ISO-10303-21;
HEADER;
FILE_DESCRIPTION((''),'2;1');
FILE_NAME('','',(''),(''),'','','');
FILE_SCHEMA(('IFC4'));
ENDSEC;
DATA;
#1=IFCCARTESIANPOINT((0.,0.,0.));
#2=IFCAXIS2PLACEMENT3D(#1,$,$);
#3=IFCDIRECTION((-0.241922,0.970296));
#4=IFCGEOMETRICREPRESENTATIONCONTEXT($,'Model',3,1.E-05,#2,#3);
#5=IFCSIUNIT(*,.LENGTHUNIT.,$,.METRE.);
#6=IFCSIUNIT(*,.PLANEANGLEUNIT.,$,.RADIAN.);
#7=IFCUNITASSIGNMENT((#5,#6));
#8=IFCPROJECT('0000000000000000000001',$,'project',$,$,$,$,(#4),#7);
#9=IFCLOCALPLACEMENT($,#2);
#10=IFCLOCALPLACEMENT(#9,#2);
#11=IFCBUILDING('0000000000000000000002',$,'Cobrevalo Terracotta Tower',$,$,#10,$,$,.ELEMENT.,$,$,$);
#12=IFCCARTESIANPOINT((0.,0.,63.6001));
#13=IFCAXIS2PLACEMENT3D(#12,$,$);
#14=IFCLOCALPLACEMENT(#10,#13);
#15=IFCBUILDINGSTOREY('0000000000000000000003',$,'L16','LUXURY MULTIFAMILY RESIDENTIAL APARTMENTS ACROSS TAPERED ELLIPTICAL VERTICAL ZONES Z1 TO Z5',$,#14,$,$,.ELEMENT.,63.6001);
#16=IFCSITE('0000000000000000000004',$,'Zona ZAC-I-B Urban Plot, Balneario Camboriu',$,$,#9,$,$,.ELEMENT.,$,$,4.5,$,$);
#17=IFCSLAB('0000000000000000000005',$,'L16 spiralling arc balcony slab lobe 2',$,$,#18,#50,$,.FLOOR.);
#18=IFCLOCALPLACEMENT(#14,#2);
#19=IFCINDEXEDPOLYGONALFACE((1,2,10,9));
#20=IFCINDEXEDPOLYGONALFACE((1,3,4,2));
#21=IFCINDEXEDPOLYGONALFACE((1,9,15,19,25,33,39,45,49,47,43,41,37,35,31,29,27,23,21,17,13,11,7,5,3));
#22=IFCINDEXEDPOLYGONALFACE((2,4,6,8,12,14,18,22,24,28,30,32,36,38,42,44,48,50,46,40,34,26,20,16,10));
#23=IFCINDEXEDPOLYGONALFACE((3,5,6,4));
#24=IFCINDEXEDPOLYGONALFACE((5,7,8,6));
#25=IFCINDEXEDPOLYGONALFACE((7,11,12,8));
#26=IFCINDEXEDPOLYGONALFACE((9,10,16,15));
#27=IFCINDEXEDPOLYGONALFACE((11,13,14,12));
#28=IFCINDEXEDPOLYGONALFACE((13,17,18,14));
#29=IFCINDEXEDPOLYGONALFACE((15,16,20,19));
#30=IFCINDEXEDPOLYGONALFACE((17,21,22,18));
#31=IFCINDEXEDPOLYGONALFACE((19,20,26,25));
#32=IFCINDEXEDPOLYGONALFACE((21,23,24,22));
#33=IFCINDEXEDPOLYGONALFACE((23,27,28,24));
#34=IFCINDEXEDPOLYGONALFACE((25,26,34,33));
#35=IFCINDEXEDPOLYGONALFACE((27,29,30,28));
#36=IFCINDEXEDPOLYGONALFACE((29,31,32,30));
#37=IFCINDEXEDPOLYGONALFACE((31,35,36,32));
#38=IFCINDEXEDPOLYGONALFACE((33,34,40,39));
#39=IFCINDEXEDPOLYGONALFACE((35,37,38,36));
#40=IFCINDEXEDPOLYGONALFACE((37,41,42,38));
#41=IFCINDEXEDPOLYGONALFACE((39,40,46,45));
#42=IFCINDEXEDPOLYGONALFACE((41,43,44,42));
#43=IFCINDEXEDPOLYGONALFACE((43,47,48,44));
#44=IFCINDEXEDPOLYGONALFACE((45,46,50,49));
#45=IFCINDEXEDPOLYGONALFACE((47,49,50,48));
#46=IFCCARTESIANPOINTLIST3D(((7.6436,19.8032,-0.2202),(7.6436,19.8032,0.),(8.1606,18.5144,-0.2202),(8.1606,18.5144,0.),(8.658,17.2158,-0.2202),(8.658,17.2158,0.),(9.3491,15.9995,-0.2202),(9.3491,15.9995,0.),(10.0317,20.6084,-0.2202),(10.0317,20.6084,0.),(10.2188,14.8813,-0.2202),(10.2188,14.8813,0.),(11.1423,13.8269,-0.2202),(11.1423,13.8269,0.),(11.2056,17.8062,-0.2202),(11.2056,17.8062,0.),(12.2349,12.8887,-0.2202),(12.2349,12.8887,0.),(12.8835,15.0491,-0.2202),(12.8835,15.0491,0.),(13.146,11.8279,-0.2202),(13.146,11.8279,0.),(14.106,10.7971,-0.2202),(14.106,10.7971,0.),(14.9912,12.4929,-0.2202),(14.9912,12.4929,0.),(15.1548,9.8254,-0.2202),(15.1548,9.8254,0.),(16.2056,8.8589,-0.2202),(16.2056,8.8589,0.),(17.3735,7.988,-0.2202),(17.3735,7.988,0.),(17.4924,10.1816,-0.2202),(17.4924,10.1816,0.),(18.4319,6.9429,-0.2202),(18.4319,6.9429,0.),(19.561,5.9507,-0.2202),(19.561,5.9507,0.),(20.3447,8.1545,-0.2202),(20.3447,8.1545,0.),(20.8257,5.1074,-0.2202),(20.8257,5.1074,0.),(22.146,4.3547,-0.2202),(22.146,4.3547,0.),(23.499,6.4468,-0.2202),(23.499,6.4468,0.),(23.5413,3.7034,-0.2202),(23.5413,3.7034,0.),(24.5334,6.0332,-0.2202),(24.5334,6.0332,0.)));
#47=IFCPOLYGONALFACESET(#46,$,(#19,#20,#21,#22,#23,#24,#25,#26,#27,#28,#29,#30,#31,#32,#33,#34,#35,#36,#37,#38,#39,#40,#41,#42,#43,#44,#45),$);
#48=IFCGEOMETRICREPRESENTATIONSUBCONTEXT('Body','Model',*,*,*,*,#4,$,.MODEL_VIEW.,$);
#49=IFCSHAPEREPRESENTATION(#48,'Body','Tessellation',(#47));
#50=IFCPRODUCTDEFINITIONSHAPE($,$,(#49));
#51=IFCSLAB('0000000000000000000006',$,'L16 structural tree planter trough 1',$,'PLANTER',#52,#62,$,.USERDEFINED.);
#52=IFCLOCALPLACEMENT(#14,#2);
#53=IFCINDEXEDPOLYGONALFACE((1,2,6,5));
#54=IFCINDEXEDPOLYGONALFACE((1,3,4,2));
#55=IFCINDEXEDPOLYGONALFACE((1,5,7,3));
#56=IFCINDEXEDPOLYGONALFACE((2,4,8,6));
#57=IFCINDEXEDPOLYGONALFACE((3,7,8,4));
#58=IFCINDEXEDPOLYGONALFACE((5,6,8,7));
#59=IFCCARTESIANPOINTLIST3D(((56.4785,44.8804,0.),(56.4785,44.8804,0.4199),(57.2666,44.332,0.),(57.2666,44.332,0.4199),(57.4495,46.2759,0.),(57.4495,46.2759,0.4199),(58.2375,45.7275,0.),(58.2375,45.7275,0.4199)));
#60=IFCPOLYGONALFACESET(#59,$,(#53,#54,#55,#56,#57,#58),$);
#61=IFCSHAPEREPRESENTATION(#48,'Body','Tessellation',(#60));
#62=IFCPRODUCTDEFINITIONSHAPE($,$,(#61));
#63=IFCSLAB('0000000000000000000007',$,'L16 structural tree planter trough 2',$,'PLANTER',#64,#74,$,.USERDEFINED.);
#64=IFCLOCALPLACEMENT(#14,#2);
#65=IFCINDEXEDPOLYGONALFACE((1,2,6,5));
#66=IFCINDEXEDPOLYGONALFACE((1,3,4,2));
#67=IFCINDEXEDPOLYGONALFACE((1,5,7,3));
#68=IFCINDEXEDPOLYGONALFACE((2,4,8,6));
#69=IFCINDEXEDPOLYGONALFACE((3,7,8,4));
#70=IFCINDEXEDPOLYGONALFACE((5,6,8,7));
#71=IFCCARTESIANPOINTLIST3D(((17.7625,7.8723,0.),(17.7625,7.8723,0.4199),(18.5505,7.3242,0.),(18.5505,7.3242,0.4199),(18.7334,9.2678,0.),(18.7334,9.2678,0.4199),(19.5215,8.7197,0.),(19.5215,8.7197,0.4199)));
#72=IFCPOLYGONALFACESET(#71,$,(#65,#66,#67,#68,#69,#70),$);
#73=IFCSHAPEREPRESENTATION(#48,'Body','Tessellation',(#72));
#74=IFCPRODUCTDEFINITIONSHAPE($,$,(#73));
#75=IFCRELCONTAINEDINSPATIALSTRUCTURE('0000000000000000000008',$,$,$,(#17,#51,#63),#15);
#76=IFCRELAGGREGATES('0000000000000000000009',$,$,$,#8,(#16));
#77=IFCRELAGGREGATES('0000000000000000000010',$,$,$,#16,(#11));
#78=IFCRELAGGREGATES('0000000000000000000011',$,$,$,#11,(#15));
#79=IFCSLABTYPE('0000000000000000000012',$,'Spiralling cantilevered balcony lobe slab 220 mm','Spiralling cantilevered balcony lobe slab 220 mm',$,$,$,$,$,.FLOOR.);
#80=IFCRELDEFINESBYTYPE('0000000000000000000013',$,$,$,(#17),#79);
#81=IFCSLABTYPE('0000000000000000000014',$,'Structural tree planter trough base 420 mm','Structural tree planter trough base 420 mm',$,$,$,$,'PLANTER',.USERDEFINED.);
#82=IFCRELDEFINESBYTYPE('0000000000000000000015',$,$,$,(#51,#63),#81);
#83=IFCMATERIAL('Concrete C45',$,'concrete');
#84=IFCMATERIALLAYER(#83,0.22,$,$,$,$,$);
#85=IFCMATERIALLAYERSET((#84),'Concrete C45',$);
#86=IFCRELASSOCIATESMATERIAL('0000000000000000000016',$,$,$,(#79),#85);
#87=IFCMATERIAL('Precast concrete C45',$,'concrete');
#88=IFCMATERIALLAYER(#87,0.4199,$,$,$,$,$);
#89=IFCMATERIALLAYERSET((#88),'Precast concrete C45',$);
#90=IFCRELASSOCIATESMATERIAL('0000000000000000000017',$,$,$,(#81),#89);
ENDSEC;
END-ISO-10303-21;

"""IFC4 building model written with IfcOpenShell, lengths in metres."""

from ifc_helpers import new_model, si_unit, direction, frame, origin, place, context, subcontext, project, spatial, polyline, outline, extrude, material, layer, layer_set, type_object, element, save


model = new_model("IFC4")

# Units and contexts
model_context = context("Model", 3, precision=1e-05, world=origin(), true_north=direction((-0.241922, 0.970296)))
body_context = subcontext(model_context, "Body", "Model", "MODEL_VIEW")
ifc_project = project(units=[si_unit("LENGTHUNIT", "METRE"), si_unit("PLANEANGLEUNIT", "RADIAN")], contexts=[model_context])

# Site, building, storey
site_placement = place(None, origin())
site = spatial("IfcSite", under=ifc_project, at=site_placement, Name="Zona ZAC-I-B Urban Plot, Balneario Camboriu", CompositionType="ELEMENT", RefElevation=4.5)
building_placement = place(site_placement, origin())
building = spatial("IfcBuilding", under=site, at=building_placement, Name="Cobrevalo Terracotta Tower", CompositionType="ELEMENT")
storey_placement = place(building_placement, frame((0.0, 0.0, 63.6001)))
storey = spatial("IfcBuildingStorey", under=building, at=storey_placement, Name="L16", Description="LUXURY MULTIFAMILY RESIDENTIAL APARTMENTS ACROSS TAPERED ELLIPTICAL VERTICAL ZONES Z1 TO Z5", CompositionType="ELEMENT", Elevation=63.6001)

# Slabs
ifc_material_1 = material(Name="Concrete C45", Category="concrete")
ifc_layer_1 = layer(ifc_material_1, 0.22)
ifc_layer_set_1 = layer_set([ifc_layer_1], Name="Concrete C45")
slab_type_1 = type_object("IfcSlabType", Name="Spiralling cantilevered balcony lobe slab 220 mm", Description="Spiralling cantilevered balcony lobe slab 220 mm", PredefinedType="FLOOR", material=ifc_layer_set_1)
slab_1_placement = place(storey_placement, frame((0.0, 0.0, -0.2202)))
element("IfcSlab", 1, at=slab_1_placement, inside=storey, type_object=slab_type_1, Name="L16 spiralling arc balcony slab lobe 2", PredefinedType="FLOOR", context=body_context, shape_type="SweptSolid", body=[
    extrude(outline(polyline([(7.6436, 19.8032), (8.1606, 18.5144), (8.658, 17.2158), (9.3491, 15.9995), (10.2188, 14.8813), (11.1423, 13.8269), (12.2349, 12.8887), (13.146, 11.8279), (14.106, 10.7971), (15.1548, 9.8254), (16.2056, 8.8589), (17.3735, 7.988), (18.4319, 6.9429), (19.561, 5.9507), (20.8257, 5.1074), (22.146, 4.3547), (23.5413, 3.7034), (24.5334, 6.0332), (23.499, 6.4468), (20.3447, 8.1545), (17.4924, 10.1816), (14.9912, 12.4929), (12.8835, 15.0491), (11.2056, 17.8062), (10.0317, 20.6084), (7.6436, 19.8032)])), origin(), (0.0, 0.0, 1.0), 0.2202),
])
ifc_material_2 = material(Name="Precast concrete C45", Category="concrete")
ifc_layer_2 = layer(ifc_material_2, 0.4199)
ifc_layer_set_2 = layer_set([ifc_layer_2], Name="Precast concrete C45")
slab_type_2 = type_object("IfcSlabType", Name="Structural tree planter trough base 420 mm", Description="Structural tree planter trough base 420 mm", ElementType="PLANTER", PredefinedType="USERDEFINED", material=ifc_layer_set_2)
slab_2_placement = place(storey_placement, origin())
element("IfcSlab", 2, at=slab_2_placement, inside=storey, type_object=slab_type_2, Name="L16 structural tree planter trough 1", ObjectType="PLANTER", PredefinedType="USERDEFINED", context=body_context, shape_type="SweptSolid", body=[
    extrude(outline(polyline([(57.2666, 44.332), (58.2375, 45.7275), (57.4495, 46.2759), (56.4785, 44.8804), (57.2666, 44.332)])), origin(), (0.0, 0.0, 1.0), 0.4199),
])
slab_3_placement = place(storey_placement, origin())
element("IfcSlab", 3, at=slab_3_placement, inside=storey, type_object=slab_type_2, Name="L16 structural tree planter trough 2", ObjectType="PLANTER", PredefinedType="USERDEFINED", context=body_context, shape_type="SweptSolid", body=[
    extrude(outline(polyline([(18.7334, 9.2678), (17.7625, 7.8723), (18.5505, 7.3242), (19.5215, 8.7197), (18.7334, 9.2678)])), origin(), (0.0, 0.0, 1.0), 0.4199),
])

save(model, "model.ifc")
